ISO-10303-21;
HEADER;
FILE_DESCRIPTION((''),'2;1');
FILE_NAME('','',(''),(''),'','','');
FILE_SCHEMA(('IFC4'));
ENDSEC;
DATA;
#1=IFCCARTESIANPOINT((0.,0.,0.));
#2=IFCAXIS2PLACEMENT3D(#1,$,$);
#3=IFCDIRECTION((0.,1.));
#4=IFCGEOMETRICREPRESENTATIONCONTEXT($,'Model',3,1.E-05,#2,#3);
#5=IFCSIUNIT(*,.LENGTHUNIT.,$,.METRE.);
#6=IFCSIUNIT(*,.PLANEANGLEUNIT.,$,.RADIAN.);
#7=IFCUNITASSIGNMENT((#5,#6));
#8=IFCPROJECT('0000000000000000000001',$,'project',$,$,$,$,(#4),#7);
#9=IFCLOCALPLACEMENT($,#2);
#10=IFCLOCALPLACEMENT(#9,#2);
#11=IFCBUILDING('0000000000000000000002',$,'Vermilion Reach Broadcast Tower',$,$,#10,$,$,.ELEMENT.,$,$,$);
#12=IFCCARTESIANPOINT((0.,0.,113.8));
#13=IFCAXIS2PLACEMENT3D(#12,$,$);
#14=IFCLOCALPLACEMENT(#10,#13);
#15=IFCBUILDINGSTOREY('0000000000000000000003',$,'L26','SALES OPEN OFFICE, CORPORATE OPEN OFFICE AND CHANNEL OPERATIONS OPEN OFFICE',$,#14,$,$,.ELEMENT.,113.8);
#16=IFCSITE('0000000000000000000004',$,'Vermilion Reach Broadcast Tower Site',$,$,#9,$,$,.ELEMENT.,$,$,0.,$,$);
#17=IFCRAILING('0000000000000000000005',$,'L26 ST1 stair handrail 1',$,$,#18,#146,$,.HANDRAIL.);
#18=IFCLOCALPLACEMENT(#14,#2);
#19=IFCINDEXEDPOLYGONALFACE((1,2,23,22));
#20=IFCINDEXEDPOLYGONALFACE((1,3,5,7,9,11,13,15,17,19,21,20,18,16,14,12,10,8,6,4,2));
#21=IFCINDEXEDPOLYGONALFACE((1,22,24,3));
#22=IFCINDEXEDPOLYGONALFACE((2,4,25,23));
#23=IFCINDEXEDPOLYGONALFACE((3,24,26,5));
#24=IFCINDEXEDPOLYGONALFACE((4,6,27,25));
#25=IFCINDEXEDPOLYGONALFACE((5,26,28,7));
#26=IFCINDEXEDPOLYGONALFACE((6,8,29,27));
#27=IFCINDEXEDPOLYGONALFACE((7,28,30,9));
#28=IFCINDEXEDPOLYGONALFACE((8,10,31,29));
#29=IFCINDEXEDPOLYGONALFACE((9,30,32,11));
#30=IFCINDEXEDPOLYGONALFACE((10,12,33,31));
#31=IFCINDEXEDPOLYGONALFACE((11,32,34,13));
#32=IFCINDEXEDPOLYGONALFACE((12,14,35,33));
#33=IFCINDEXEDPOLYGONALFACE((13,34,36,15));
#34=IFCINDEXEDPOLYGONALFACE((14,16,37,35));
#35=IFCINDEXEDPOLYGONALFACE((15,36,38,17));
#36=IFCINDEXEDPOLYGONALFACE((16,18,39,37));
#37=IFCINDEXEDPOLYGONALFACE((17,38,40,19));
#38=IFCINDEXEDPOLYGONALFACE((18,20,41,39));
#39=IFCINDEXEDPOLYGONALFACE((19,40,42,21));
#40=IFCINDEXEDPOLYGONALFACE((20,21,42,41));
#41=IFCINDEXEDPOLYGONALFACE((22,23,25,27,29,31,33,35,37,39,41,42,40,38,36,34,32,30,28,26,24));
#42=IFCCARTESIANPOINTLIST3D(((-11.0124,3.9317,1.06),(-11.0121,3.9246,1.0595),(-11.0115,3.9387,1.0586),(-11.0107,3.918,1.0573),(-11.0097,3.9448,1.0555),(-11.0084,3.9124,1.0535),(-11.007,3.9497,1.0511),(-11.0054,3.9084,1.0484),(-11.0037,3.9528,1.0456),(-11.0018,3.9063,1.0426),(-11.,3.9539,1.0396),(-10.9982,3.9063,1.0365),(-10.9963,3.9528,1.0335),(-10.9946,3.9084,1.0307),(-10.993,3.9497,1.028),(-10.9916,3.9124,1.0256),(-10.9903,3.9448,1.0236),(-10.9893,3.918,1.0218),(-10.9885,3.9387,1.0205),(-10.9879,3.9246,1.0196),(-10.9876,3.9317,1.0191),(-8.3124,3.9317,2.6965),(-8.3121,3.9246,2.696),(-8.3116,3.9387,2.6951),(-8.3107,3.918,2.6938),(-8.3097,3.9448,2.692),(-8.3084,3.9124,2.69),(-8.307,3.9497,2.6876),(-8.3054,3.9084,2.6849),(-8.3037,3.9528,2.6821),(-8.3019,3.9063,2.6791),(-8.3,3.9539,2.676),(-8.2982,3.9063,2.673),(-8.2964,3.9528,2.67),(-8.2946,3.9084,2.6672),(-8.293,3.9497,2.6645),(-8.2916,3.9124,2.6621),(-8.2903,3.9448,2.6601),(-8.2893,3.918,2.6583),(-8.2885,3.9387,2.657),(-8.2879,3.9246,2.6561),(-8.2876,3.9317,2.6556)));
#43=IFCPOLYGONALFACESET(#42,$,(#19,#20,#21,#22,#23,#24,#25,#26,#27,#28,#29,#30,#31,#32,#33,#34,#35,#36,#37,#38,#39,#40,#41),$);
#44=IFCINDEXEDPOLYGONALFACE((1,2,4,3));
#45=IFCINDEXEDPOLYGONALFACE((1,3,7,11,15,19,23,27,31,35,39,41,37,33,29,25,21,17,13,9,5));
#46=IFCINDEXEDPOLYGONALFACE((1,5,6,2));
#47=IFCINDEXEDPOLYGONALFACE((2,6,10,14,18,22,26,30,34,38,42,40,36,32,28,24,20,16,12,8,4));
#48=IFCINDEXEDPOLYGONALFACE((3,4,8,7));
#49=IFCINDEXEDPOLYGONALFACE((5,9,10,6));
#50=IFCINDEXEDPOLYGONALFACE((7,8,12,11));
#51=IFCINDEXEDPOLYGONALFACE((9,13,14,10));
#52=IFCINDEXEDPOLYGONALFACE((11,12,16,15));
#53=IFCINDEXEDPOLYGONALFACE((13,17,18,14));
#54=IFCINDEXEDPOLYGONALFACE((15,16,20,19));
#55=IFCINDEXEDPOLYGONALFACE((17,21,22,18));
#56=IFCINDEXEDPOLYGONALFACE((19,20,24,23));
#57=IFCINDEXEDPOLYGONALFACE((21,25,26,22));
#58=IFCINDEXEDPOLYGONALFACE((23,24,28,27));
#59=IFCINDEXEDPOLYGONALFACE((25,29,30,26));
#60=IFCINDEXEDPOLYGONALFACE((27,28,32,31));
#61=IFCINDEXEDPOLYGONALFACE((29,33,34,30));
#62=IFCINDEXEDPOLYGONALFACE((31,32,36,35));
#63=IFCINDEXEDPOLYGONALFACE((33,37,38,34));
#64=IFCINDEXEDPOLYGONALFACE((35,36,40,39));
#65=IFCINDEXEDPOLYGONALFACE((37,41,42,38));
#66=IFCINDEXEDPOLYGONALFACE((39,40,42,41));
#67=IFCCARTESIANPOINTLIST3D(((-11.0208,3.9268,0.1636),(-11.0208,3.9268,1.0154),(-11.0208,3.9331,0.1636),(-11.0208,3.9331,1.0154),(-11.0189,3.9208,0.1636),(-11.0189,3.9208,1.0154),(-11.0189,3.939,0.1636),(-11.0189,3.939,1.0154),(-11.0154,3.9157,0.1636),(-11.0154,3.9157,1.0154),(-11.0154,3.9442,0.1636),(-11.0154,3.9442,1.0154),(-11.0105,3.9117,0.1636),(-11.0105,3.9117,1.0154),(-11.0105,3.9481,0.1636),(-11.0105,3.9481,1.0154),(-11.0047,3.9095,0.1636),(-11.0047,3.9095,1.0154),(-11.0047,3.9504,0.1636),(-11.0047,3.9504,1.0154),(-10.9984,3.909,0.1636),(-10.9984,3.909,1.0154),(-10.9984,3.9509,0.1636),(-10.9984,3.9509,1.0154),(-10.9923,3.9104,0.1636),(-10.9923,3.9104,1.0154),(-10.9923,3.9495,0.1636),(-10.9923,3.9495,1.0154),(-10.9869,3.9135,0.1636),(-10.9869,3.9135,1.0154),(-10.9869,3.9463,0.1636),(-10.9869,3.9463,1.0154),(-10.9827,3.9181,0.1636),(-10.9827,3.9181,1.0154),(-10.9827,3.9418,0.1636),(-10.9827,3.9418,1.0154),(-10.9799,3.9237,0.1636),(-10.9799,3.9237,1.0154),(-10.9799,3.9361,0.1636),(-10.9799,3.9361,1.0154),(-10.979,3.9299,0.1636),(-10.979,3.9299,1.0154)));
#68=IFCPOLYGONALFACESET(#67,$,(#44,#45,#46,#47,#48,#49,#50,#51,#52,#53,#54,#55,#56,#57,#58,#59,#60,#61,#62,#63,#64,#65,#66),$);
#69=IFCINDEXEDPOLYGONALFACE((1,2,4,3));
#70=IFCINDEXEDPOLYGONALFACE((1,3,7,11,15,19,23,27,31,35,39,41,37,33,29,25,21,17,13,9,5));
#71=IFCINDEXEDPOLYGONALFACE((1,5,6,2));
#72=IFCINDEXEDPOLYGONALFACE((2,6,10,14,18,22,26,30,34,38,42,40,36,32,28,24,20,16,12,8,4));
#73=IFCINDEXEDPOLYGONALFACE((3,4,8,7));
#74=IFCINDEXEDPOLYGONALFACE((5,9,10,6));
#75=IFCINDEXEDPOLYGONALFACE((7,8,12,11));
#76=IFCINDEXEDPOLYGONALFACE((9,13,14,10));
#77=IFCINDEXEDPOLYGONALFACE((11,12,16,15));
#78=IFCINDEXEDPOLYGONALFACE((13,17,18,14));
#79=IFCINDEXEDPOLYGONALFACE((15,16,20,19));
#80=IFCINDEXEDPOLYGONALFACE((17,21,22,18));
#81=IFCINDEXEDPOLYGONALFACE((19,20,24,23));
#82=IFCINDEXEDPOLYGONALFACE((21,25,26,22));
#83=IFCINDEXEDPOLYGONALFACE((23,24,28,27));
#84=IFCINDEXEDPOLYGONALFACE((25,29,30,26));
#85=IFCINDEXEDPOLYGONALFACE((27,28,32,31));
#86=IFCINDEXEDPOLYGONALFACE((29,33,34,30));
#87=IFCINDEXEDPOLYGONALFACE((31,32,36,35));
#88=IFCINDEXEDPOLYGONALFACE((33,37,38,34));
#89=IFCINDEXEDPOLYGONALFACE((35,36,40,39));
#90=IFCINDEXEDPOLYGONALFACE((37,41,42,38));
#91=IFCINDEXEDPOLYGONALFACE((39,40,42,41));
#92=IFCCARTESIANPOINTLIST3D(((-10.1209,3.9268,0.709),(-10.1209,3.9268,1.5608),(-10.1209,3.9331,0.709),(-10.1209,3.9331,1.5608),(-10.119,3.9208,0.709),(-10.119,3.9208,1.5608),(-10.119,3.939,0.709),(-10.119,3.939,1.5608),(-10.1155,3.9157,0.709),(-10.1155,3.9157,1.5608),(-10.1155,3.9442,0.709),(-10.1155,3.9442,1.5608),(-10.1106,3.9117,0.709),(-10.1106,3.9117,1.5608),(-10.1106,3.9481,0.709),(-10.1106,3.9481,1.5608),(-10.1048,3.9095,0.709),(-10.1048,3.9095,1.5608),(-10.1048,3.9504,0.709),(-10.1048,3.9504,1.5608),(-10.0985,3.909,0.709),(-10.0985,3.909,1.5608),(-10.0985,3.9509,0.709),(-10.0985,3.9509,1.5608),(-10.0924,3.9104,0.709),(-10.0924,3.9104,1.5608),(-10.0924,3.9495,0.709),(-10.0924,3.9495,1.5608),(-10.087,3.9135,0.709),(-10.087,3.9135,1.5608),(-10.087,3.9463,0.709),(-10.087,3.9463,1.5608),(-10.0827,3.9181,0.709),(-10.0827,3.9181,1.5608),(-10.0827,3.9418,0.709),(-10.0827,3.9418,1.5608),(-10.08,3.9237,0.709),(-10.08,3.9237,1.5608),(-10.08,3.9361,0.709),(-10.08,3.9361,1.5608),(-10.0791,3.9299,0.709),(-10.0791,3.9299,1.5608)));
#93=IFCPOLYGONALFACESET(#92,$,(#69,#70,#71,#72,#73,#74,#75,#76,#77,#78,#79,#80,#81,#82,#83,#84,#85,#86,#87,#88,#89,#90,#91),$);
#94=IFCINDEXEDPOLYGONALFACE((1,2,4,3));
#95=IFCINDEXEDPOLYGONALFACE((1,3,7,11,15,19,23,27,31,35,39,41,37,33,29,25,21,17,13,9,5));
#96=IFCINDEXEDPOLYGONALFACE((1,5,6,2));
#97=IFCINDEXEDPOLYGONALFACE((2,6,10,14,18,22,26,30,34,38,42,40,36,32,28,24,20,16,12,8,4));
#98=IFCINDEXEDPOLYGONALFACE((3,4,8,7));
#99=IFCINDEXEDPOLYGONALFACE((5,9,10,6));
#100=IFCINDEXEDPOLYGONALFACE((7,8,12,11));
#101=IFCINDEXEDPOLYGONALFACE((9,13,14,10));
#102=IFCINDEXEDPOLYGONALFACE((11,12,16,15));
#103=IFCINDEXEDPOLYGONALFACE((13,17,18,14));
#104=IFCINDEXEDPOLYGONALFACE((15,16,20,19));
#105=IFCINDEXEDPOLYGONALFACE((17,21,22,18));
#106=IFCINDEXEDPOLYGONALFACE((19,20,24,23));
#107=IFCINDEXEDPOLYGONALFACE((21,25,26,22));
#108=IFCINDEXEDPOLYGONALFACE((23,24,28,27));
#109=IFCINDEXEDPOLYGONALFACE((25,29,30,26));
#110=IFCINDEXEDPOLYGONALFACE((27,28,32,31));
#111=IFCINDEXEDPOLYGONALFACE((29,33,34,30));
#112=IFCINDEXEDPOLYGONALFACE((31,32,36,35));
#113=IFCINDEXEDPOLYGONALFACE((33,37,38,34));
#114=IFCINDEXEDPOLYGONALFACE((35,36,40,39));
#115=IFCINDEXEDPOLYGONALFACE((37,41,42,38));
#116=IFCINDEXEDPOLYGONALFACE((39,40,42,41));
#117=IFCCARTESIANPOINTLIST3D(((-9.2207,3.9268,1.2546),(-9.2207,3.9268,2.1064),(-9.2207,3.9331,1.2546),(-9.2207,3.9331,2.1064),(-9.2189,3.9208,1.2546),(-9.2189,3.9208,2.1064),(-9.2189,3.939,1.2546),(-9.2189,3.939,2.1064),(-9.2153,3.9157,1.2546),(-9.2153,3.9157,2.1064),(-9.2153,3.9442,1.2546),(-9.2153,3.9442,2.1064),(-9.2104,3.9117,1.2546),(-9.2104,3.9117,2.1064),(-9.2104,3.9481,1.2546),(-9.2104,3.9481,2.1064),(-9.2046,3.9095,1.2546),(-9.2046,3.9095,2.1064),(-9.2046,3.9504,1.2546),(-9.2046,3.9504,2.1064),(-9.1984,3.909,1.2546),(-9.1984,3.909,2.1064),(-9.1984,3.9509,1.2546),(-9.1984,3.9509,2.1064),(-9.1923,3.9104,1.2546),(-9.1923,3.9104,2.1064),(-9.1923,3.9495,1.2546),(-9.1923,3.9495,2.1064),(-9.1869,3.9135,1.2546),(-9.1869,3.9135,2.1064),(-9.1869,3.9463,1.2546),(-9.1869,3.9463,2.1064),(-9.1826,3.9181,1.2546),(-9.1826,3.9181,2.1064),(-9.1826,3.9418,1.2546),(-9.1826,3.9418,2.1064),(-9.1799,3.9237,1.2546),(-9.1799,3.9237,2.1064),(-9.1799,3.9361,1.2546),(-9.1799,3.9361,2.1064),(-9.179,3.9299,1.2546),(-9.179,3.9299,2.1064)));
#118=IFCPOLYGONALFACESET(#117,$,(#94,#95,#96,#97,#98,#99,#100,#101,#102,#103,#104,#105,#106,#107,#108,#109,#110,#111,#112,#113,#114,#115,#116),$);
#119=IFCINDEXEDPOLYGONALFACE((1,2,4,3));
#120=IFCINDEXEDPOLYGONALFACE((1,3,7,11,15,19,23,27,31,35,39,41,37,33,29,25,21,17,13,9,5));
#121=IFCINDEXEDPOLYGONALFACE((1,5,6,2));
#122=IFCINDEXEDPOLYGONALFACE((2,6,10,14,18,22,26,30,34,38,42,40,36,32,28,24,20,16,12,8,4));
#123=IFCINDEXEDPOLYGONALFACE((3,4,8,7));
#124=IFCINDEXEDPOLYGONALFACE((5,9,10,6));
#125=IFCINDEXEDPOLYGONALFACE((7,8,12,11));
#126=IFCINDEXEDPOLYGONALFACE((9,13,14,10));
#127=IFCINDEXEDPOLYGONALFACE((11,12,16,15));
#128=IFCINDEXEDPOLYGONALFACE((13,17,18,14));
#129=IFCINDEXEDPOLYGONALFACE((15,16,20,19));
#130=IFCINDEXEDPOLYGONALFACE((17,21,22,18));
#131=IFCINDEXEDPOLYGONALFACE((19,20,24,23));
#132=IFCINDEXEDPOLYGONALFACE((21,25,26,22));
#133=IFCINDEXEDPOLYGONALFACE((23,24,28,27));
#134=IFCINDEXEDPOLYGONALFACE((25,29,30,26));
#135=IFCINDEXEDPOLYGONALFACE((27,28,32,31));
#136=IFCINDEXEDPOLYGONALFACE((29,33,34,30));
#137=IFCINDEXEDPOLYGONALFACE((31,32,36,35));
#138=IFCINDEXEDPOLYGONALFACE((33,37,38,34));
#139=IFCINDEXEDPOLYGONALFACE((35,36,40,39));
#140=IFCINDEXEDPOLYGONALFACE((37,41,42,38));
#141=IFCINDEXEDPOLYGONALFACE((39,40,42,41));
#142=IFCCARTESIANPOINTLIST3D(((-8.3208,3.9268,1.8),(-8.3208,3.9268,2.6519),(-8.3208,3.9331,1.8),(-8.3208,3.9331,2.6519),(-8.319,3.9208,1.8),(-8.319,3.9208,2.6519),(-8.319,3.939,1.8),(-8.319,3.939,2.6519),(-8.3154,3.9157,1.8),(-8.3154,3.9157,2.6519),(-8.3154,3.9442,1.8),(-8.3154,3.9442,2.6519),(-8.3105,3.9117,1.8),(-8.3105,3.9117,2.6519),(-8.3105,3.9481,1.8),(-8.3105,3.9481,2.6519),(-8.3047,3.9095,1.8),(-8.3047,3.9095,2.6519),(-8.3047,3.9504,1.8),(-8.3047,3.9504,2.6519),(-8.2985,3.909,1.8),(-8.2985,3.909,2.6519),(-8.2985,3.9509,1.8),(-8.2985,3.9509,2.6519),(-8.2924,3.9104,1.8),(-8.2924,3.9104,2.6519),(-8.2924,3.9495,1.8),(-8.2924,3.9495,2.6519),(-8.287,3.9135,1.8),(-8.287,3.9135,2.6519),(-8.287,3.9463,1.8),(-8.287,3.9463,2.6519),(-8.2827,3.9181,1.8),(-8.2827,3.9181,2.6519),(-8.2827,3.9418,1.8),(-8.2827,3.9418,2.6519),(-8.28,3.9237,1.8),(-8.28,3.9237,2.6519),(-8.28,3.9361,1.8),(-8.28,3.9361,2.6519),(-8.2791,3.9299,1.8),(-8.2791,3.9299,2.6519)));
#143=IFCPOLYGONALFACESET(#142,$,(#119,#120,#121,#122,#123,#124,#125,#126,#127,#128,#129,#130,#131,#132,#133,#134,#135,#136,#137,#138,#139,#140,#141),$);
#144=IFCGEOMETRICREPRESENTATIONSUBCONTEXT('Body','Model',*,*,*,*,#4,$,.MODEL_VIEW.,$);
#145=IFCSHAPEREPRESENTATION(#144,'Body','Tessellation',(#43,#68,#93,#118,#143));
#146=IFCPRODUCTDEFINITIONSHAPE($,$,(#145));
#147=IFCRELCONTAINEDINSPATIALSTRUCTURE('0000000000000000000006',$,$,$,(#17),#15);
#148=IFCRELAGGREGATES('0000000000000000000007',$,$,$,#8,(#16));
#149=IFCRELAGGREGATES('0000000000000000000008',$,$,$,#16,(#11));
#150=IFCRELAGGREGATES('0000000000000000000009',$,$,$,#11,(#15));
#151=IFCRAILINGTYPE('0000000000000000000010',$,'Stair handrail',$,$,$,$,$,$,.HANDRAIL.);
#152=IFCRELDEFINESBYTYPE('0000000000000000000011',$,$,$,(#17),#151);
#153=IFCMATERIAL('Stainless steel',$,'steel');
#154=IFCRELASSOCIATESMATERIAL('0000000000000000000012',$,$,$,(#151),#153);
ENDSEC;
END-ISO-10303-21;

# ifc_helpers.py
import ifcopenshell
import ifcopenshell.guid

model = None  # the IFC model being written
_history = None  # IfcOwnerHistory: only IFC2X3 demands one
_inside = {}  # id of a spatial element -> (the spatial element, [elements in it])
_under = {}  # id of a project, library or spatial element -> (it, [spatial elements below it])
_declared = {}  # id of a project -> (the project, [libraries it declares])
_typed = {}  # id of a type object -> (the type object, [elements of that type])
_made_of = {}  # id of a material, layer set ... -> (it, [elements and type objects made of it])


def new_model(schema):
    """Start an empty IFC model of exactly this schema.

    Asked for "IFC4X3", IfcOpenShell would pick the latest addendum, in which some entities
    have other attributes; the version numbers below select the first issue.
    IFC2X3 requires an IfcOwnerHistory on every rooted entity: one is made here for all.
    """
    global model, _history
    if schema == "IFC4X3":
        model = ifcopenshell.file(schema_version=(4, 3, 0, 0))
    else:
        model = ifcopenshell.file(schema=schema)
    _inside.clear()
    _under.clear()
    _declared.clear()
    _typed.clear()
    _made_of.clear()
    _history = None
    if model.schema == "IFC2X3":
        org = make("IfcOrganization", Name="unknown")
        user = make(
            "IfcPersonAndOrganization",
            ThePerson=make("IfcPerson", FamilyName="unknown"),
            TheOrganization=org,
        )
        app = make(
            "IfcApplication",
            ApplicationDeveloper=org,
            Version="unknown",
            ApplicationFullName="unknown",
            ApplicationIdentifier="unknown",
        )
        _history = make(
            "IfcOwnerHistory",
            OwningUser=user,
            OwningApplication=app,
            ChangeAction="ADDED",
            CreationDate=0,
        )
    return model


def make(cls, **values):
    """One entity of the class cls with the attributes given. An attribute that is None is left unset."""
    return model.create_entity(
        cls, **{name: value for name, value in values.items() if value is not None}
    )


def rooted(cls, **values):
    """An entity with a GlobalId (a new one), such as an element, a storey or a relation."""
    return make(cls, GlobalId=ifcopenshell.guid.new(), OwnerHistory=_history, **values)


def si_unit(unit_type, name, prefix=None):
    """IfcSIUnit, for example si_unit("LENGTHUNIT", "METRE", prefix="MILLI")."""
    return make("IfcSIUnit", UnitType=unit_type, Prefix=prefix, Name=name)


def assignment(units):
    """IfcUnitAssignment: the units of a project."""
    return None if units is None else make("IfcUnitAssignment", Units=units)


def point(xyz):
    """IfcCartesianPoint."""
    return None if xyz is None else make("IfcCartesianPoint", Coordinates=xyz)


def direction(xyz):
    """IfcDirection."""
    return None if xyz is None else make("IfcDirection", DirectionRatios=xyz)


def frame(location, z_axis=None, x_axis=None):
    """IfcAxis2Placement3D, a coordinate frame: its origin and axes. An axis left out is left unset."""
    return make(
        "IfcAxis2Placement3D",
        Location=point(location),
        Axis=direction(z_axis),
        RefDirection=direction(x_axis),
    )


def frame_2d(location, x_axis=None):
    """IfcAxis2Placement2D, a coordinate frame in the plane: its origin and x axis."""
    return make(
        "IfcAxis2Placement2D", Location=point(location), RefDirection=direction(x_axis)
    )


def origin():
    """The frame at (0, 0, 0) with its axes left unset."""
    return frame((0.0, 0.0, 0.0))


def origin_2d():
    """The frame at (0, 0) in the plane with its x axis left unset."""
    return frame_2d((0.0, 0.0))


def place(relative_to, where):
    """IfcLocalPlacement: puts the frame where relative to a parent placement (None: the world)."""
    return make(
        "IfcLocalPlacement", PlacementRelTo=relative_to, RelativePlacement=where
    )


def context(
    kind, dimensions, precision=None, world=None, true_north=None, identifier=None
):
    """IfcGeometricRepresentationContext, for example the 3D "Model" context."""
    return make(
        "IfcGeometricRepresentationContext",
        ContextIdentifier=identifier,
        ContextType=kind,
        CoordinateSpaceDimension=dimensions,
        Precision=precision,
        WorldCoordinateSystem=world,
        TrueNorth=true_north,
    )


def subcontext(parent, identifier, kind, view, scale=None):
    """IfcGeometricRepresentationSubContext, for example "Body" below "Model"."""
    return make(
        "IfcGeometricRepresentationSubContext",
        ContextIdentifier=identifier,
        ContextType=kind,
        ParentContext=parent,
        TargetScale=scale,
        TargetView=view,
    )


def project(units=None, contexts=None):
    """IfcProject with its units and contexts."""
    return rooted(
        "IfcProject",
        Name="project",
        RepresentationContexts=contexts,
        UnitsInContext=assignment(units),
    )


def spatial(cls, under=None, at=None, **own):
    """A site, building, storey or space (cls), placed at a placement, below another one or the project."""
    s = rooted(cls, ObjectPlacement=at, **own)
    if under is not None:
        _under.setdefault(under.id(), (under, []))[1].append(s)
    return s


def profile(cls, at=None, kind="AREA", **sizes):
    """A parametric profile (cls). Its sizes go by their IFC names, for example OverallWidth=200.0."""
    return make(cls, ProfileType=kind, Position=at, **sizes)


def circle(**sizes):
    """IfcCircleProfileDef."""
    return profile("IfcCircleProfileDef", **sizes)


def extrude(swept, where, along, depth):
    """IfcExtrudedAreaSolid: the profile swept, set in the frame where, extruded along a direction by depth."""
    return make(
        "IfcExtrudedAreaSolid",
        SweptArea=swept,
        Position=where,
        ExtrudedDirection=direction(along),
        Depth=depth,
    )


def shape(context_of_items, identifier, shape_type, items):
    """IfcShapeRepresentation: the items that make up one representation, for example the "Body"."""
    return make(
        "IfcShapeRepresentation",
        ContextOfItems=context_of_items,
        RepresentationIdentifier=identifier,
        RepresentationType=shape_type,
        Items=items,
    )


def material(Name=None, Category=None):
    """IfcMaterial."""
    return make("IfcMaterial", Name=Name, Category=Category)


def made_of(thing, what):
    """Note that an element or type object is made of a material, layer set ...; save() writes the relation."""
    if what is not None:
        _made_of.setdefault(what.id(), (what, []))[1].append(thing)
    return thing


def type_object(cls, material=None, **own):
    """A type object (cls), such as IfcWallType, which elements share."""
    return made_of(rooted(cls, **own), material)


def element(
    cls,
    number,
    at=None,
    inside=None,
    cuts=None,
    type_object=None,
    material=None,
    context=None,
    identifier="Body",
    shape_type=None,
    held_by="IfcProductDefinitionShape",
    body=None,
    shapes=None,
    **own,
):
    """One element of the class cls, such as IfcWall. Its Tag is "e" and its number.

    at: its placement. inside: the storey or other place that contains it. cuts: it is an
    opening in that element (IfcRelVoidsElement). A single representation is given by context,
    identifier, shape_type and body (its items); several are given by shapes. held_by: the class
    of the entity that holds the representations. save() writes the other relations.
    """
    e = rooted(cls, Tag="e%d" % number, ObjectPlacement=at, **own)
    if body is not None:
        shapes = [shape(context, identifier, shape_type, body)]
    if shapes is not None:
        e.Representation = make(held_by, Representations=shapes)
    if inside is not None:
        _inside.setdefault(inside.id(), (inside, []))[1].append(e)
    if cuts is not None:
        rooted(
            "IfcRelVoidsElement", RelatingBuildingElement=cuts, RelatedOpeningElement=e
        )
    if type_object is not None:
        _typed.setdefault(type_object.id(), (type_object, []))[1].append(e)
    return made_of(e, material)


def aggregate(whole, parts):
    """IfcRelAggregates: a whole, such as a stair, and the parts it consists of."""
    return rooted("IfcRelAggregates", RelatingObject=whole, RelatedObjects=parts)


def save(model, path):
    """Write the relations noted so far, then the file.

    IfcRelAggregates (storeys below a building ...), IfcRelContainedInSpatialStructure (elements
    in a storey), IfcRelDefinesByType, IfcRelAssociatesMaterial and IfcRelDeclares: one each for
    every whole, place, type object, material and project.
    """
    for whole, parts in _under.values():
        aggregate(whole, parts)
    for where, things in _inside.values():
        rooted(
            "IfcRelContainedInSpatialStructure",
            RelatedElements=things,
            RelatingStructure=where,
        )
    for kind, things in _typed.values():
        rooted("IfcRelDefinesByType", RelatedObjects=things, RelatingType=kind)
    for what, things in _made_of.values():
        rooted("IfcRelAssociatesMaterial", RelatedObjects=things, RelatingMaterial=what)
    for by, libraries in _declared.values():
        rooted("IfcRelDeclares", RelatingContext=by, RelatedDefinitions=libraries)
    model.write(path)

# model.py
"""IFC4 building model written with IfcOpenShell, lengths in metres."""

from ifc_helpers import new_model, si_unit, direction, frame, origin, origin_2d, place, context, subcontext, project, spatial, circle, extrude, material, type_object, element, save


model = new_model("IFC4")

# Units and contexts
model_context = context("Model", 3, precision=1e-05, world=origin(), true_north=direction((0.0, 1.0)))
body_context = subcontext(model_context, "Body", "Model", "MODEL_VIEW")
ifc_project = project(units=[si_unit("LENGTHUNIT", "METRE"), si_unit("PLANEANGLEUNIT", "RADIAN")], contexts=[model_context])

# Site, building, storey
site_placement = place(None, origin())
site = spatial("IfcSite", under=ifc_project, at=site_placement, Name="Vermilion Reach Broadcast Tower Site", CompositionType="ELEMENT", RefElevation=0.0)
building_placement = place(site_placement, origin())
building = spatial("IfcBuilding", under=site, at=building_placement, Name="Vermilion Reach Broadcast Tower", CompositionType="ELEMENT")
storey_placement = place(building_placement, frame((0.0, 0.0, 113.8)))
storey = spatial("IfcBuildingStorey", under=building, at=storey_placement, Name="L26", Description="SALES OPEN OFFICE, CORPORATE OPEN OFFICE AND CHANNEL OPERATIONS OPEN OFFICE", CompositionType="ELEMENT", Elevation=113.8)

# Railing
ifc_material_1 = material(Name="Stainless steel", Category="steel")
railing_type_1 = type_object("IfcRailingType", Name="Stair handrail", PredefinedType="HANDRAIL", material=ifc_material_1)
railing_1_placement = place(storey_placement, frame((-11.0, 3.9299, 0.1636)))
element("IfcRailing", 1, at=railing_1_placement, inside=storey, type_object=railing_type_1, Name="L26 ST1 stair handrail 1", PredefinedType="HANDRAIL", context=body_context, shape_type="SweptSolid", body=[
    extrude(circle(Radius=0.0239, at=origin_2d()), frame((0.0, 0.0, 0.876), z_axis=(0.855178, 0.0, 0.518334), x_axis=(0.0, 1.0, 0.0)), (0.0, 0.0, 1.0), 3.1572),
    extrude(circle(Radius=0.021, at=origin_2d()), origin(), (0.0, 0.0, 1.0), 0.8518),
    extrude(circle(Radius=0.021, at=origin_2d()), frame((0.8999, 0.0, 0.5454)), (0.0, 0.0, 1.0), 0.8518),
    extrude(circle(Radius=0.021, at=origin_2d()), frame((1.8, 0.0, 1.0911)), (0.0, 0.0, 1.0), 0.8518),
    extrude(circle(Radius=0.021, at=origin_2d()), frame((2.7, 0.0, 1.6365)), (0.0, 0.0, 1.0), 0.8518),
])

save(model, "model.ifc")
